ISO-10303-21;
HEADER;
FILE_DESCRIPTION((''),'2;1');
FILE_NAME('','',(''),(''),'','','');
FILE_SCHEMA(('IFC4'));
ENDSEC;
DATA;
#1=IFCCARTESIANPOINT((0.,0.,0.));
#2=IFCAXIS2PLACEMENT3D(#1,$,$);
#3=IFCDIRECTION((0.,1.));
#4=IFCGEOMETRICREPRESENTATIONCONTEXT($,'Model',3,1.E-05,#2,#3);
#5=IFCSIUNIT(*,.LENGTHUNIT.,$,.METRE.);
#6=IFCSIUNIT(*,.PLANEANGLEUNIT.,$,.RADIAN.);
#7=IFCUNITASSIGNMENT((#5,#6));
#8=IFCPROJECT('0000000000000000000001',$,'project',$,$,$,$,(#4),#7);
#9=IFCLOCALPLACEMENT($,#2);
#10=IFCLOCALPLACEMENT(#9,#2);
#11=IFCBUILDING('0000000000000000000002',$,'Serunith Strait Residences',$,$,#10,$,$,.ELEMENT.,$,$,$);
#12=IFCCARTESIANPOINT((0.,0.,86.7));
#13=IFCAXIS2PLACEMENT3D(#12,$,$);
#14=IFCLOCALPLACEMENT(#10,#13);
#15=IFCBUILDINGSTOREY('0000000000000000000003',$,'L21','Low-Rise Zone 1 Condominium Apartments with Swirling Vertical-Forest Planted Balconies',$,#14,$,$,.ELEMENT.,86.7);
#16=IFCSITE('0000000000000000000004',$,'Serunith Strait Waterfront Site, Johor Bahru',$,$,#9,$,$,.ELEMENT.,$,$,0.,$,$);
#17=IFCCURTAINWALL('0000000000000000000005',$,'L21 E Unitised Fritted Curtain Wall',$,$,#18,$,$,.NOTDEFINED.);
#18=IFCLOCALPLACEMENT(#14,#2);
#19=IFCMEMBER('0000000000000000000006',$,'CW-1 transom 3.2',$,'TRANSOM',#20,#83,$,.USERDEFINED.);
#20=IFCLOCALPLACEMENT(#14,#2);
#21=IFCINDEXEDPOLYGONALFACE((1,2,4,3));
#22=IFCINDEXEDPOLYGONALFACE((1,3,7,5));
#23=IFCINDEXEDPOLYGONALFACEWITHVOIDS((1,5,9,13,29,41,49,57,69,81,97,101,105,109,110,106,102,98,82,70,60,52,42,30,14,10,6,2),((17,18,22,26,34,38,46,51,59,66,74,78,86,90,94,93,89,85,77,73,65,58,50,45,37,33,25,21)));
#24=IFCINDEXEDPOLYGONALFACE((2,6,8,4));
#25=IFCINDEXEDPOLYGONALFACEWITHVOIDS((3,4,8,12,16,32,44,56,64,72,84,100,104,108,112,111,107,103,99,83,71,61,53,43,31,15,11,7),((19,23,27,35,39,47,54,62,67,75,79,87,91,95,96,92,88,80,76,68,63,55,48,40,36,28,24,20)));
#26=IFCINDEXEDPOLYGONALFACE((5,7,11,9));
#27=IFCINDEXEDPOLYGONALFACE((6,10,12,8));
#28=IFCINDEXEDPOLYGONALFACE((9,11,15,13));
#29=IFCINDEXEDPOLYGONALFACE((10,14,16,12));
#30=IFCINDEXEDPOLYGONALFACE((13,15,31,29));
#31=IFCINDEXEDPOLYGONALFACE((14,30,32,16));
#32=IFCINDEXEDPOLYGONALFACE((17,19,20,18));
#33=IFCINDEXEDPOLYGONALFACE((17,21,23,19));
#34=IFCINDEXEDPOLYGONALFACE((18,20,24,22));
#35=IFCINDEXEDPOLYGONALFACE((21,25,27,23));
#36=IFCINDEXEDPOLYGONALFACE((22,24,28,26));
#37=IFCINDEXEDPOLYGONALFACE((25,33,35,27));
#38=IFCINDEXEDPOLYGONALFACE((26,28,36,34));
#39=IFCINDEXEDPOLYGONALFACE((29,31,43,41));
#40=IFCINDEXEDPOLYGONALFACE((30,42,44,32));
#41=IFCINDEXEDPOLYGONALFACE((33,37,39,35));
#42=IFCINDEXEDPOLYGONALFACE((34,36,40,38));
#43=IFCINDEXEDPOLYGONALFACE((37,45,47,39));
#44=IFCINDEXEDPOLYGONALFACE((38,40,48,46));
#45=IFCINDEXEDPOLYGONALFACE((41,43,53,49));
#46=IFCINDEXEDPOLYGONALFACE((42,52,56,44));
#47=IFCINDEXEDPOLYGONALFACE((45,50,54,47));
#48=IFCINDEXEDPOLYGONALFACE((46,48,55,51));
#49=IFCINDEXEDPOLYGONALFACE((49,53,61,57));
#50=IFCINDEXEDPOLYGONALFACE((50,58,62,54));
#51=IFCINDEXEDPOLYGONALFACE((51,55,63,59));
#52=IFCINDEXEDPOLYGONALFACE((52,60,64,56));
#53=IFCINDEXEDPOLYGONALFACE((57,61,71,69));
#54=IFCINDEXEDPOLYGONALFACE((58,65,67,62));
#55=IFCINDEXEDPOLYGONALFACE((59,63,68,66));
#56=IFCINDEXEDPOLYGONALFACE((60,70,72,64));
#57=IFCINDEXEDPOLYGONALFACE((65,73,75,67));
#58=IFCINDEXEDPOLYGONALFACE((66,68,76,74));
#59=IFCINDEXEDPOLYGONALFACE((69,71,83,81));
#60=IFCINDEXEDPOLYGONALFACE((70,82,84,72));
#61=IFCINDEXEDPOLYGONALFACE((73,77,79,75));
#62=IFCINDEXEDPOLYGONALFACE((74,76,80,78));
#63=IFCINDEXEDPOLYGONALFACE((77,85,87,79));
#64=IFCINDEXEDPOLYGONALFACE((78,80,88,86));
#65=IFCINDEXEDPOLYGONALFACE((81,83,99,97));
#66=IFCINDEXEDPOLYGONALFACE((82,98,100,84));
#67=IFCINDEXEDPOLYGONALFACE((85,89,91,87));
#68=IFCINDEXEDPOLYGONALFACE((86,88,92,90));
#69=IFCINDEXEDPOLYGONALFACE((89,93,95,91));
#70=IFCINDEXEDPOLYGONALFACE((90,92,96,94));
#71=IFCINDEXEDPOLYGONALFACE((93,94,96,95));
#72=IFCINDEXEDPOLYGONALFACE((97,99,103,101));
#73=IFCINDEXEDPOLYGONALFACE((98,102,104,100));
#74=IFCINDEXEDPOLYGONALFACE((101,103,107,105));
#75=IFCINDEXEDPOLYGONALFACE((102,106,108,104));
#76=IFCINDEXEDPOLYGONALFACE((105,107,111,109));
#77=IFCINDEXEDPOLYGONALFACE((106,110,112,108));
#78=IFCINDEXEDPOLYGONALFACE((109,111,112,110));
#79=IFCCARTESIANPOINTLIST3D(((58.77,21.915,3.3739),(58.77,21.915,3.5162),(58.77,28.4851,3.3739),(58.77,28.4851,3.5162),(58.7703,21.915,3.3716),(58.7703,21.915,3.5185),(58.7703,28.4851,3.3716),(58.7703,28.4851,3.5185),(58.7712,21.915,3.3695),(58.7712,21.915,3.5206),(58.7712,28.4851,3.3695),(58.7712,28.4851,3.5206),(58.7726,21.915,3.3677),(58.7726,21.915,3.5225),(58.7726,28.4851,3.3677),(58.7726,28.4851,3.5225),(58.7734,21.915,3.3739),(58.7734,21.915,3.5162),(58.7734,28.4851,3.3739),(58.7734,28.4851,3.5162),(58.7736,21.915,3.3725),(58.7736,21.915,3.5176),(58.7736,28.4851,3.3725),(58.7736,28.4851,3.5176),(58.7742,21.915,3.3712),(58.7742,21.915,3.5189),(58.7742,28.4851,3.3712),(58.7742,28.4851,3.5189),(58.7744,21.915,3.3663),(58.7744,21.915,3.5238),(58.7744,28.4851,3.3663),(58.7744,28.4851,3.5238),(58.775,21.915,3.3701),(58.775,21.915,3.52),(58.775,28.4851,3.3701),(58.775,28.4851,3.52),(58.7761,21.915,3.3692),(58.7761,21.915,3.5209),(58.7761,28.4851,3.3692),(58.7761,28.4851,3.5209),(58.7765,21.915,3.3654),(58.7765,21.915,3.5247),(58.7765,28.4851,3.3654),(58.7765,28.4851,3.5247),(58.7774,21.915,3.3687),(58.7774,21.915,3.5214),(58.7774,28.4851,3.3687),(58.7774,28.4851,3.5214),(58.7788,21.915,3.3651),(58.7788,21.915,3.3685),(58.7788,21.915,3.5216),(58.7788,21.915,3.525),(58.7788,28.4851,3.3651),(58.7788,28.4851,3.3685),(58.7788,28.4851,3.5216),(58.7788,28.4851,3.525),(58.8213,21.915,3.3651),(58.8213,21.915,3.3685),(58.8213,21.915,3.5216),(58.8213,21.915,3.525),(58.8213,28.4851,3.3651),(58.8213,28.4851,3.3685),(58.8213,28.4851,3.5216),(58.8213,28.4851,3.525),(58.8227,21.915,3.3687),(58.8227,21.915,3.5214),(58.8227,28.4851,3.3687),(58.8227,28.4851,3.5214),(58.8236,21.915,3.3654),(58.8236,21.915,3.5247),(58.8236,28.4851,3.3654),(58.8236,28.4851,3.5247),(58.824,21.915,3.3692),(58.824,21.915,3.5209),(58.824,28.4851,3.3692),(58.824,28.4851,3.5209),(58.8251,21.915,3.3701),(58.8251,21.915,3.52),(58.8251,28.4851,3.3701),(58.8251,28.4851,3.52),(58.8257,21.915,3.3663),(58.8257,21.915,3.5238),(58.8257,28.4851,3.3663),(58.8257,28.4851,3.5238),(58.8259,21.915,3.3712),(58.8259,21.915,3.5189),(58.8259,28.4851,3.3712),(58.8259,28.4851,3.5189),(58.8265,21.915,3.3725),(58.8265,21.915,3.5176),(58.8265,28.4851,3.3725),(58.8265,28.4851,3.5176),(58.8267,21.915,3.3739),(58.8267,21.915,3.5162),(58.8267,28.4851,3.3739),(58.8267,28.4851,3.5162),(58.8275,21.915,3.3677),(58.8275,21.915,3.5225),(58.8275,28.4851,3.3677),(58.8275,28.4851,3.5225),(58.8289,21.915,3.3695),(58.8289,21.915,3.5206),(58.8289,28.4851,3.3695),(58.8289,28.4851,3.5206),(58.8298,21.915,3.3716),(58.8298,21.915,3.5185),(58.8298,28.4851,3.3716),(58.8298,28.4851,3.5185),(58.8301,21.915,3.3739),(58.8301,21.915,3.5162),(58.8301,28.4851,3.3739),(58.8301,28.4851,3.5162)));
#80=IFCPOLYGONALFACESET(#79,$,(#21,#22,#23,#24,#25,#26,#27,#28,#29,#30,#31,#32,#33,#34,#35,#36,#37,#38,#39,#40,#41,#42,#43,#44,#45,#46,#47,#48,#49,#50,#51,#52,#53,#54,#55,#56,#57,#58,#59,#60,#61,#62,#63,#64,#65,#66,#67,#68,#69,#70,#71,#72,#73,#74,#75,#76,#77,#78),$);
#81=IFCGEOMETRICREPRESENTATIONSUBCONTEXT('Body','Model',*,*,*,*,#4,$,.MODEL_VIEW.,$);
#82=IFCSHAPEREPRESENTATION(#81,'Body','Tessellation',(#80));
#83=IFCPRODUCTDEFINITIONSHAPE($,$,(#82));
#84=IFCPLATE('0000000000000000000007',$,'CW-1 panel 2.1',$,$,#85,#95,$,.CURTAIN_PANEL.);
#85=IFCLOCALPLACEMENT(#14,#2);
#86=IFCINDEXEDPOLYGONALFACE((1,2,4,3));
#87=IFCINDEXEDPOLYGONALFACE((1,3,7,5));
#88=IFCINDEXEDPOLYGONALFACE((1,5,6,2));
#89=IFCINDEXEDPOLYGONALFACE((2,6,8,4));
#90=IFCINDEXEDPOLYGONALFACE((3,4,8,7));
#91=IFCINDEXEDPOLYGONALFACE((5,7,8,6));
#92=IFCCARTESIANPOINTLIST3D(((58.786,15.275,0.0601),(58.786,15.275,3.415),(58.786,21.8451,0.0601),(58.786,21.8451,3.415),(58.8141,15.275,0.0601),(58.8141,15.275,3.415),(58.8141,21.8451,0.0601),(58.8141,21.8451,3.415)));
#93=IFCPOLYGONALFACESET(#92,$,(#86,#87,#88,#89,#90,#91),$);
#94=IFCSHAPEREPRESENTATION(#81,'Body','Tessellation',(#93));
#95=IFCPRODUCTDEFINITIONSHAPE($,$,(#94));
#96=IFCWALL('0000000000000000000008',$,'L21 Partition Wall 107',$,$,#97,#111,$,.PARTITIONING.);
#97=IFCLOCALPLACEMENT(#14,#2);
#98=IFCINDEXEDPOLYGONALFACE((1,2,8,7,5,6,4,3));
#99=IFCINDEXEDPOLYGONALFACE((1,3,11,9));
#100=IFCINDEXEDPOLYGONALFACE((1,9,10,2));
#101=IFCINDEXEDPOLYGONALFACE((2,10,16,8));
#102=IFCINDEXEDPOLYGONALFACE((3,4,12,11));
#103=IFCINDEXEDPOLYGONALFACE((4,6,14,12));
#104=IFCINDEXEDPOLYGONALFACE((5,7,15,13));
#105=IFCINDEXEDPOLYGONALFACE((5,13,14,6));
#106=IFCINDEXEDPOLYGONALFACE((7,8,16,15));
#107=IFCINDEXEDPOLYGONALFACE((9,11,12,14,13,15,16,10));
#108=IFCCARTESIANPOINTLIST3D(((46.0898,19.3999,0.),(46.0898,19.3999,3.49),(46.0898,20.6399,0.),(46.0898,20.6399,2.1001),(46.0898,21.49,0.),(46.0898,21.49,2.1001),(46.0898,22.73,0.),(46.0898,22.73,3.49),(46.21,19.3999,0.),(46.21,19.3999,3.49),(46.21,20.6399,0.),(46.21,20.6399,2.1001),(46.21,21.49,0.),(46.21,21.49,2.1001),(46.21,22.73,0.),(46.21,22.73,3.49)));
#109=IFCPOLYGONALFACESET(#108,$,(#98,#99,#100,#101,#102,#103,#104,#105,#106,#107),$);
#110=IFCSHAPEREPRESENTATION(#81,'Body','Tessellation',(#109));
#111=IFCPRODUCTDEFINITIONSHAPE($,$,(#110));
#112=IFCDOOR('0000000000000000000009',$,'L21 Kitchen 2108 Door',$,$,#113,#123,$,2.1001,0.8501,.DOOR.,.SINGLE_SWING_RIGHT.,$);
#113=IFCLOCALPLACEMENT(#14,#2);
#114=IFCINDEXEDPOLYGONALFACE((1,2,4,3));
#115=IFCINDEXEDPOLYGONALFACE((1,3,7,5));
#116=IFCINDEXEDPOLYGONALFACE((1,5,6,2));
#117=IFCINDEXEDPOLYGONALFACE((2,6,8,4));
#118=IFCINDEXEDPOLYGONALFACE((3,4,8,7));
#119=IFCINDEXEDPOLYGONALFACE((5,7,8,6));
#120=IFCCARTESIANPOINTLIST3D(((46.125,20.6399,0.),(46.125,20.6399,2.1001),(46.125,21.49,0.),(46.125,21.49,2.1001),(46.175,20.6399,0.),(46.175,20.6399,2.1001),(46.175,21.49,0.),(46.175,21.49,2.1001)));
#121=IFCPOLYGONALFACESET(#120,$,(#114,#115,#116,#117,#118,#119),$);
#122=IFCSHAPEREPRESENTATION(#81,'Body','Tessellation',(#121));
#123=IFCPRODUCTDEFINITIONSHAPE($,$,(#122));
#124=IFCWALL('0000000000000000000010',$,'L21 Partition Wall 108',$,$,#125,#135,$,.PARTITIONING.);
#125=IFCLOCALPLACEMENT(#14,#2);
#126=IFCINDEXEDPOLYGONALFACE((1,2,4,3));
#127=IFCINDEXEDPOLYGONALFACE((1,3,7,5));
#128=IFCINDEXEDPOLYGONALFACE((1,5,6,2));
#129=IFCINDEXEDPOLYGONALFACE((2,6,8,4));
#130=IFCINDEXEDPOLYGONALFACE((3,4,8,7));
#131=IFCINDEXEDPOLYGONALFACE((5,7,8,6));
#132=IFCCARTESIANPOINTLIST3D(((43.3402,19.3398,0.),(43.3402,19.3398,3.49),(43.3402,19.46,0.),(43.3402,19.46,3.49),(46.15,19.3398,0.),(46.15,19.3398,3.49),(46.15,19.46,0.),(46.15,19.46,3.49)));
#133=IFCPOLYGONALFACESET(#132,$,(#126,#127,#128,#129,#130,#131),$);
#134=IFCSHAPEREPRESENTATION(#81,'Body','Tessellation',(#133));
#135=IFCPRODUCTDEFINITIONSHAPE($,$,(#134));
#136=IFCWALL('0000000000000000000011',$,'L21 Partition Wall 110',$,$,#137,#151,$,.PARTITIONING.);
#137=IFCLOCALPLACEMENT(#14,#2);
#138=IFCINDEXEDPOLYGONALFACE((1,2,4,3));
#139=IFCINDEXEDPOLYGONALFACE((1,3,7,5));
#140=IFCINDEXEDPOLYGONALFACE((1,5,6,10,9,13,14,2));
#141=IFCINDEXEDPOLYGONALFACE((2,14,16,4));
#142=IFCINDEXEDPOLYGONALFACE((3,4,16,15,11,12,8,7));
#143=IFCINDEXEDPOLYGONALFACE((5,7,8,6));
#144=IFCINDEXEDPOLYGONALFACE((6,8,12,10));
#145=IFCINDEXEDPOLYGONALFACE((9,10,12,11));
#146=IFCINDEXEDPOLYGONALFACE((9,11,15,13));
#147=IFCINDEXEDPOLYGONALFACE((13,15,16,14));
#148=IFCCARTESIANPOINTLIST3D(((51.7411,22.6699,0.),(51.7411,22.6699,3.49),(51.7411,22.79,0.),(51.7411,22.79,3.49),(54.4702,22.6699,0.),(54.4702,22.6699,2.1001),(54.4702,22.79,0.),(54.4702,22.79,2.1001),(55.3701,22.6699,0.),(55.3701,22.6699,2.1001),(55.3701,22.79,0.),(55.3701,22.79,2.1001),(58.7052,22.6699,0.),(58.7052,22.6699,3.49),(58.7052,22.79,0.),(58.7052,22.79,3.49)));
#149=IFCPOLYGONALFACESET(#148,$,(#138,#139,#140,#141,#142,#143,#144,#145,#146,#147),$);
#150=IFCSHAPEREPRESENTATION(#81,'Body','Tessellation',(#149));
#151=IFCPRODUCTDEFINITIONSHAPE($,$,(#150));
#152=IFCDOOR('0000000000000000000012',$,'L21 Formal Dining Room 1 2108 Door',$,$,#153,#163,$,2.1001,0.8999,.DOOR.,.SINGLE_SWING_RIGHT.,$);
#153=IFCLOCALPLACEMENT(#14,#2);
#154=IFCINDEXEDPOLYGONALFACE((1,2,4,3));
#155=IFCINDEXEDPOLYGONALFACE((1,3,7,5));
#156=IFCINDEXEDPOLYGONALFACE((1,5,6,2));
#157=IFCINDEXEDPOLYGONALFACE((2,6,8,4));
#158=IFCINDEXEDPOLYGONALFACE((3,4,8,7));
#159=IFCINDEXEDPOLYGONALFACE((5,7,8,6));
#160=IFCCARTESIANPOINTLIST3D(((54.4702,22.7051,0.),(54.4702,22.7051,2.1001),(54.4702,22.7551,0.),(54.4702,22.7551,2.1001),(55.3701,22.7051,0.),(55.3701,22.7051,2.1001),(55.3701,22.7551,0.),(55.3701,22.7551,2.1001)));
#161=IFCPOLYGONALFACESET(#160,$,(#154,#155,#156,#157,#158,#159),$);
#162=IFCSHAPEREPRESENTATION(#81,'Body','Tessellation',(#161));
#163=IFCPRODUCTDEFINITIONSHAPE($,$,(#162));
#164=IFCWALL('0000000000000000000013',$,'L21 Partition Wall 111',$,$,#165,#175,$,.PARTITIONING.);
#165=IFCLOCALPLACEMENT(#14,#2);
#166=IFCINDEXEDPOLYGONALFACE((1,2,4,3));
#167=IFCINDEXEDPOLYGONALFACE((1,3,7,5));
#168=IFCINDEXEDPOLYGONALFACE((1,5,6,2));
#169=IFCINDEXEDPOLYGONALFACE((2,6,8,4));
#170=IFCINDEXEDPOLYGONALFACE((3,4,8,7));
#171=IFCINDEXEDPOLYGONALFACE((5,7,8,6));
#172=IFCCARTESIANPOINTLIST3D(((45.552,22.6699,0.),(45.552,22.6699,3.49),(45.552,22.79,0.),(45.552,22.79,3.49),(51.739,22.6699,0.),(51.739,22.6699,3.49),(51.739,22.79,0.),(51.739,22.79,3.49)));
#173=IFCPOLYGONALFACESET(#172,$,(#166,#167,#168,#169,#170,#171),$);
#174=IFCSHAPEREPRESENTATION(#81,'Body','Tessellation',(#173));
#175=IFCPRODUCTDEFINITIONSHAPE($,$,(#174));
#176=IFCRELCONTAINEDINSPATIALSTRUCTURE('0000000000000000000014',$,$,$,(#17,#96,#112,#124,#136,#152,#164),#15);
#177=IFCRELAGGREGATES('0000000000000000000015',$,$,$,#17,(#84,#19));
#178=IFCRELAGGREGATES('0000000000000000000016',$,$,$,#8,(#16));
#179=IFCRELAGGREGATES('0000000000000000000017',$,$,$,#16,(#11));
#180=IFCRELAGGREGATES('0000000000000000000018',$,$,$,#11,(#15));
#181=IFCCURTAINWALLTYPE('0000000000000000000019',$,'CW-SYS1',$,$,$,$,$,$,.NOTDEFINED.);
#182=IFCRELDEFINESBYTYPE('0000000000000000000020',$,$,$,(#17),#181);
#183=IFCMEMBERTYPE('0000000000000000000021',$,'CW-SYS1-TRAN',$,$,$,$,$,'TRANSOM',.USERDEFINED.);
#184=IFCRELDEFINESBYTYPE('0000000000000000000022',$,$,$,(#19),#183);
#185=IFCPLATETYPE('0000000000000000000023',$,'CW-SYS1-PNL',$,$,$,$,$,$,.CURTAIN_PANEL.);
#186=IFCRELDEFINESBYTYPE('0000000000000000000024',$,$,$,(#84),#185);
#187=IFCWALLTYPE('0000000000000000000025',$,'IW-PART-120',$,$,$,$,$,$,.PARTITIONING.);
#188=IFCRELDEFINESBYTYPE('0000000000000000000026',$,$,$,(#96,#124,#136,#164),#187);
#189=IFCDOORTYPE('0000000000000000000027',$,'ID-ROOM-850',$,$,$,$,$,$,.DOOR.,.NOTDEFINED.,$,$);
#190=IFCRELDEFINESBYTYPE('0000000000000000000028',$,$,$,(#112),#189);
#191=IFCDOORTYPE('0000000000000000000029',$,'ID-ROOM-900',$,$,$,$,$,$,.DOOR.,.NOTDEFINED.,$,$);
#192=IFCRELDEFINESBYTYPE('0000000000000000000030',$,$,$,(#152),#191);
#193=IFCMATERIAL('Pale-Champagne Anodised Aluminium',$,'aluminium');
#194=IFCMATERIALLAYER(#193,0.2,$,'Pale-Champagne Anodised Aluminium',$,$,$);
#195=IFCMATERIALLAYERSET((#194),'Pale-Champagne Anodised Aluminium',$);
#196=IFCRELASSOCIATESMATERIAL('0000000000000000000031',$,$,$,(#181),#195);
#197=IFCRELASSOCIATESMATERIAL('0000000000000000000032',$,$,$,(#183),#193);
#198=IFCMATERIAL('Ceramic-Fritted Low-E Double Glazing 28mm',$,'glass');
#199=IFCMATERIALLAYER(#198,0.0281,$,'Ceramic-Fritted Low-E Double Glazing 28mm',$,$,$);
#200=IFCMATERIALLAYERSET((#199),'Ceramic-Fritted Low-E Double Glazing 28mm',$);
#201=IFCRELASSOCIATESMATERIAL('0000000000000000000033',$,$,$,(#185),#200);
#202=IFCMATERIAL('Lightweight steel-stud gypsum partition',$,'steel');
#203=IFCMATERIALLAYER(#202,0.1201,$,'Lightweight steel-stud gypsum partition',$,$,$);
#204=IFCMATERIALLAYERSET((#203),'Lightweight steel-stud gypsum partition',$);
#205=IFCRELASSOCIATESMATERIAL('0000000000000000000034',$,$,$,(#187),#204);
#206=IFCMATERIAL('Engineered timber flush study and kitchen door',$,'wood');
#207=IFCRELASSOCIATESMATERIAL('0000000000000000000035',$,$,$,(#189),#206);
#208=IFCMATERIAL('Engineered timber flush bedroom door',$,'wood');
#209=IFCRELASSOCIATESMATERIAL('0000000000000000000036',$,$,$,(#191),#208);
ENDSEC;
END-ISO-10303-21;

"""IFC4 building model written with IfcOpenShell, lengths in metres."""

from ifc_helpers import new_model, si_unit, direction, frame, frame_2d, origin, origin_2d, place, context, subcontext, project, spatial, rectangle, hollow_rectangle, extrude, source, transform, mapped, material, layer, layer_set, material_profile, profile_set, type_object, element, fill, aggregate, save


model = new_model("IFC4")

# Units and contexts
model_context = context("Model", 3, precision=1e-05, world=origin(), true_north=direction((0.0, 1.0)))
body_context = subcontext(model_context, "Body", "Model", "MODEL_VIEW")
ifc_project = project(units=[si_unit("LENGTHUNIT", "METRE"), si_unit("PLANEANGLEUNIT", "RADIAN")], contexts=[model_context])

# Site, building, storey
site_placement = place(None, origin())
site = spatial("IfcSite", under=ifc_project, at=site_placement, Name="Serunith Strait Waterfront Site, Johor Bahru", CompositionType="ELEMENT", RefElevation=0.0)
building_placement = place(site_placement, origin())
building = spatial("IfcBuilding", under=site, at=building_placement, Name="Serunith Strait Residences", CompositionType="ELEMENT")
storey_placement = place(building_placement, frame((0.0, 0.0, 86.7)))
storey = spatial("IfcBuildingStorey", under=building, at=storey_placement, Name="L21", Description="Low-Rise Zone 1 Condominium Apartments with Swirling Vertical-Forest Planted Balconies", CompositionType="ELEMENT", Elevation=86.7)

# Curtain wall, member, plate
ifc_material_1 = material(Name="Pale-Champagne Anodised Aluminium", Category="aluminium")
ifc_layer_1 = layer(ifc_material_1, 0.2, Name="Pale-Champagne Anodised Aluminium")
ifc_layer_set_1 = layer_set([ifc_layer_1], Name="Pale-Champagne Anodised Aluminium")
curtain_wall_type = type_object("IfcCurtainWallType", Name="CW-SYS1", PredefinedType="NOTDEFINED", material=ifc_layer_set_1)
curtain_wall_placement = place(storey_placement, origin())
curtain_wall = element("IfcCurtainWall", 1, at=curtain_wall_placement, inside=storey, type_object=curtain_wall_type, Name="L21 E Unitised Fritted Curtain Wall", PredefinedType="NOTDEFINED")
ifc_material_profile_1 = material_profile(ifc_material_1, hollow_rectangle(XDim=0.0601, YDim=0.1599, WallThickness=0.0034, InnerFilletRadius=0.0054, OuterFilletRadius=0.0088, at=origin_2d()), Name="ALU 160x60x3.5")
ifc_profile_set_1 = profile_set([ifc_material_profile_1], Name="Pale-Champagne Anodised Aluminium")
member_type_1 = type_object("IfcMemberType", Name="CW-SYS1-TRAN", ElementType="TRANSOM", PredefinedType="USERDEFINED", material=ifc_profile_set_1)
shared_shape_1 = source(origin(), body_context, "Body", "SweptSolid", [
    extrude(hollow_rectangle(XDim=0.0601, YDim=0.1599, WallThickness=0.0034, InnerFilletRadius=0.0054, OuterFilletRadius=0.0088, at=origin_2d()), origin(), (0.0, 0.0, 1.0), 6.5701),
])
member_1_placement = place(storey_placement, frame((58.8, 21.915, 3.4451), z_axis=(0.0, 1.0, 0.0), x_axis=(-1.0, 0.0, 0.0)))
member_1 = element("IfcMember", 2, at=member_1_placement, type_object=member_type_1, Name="CW-1 transom 3.2", ObjectType="TRANSOM", PredefinedType="USERDEFINED", context=body_context, shape_type="MappedRepresentation", body=[
    mapped(shared_shape_1, transform((0.0, 0.0, 0.0), scale=1.0)),
])
ifc_material_2 = material(Name="Ceramic-Fritted Low-E Double Glazing 28mm", Category="glass")
ifc_layer_2 = layer(ifc_material_2, 0.0281, Name="Ceramic-Fritted Low-E Double Glazing 28mm")
ifc_layer_set_2 = layer_set([ifc_layer_2], Name="Ceramic-Fritted Low-E Double Glazing 28mm")
plate_type = type_object("IfcPlateType", Name="CW-SYS1-PNL", PredefinedType="CURTAIN_PANEL", material=ifc_layer_set_2)
shared_shape_2 = source(origin(), body_context, "Body", "SweptSolid", [
    extrude(rectangle(XDim=6.5701, YDim=0.0281, at=origin_2d()), origin(), (0.0, 0.0, 1.0), 3.355),
])
plate_placement = place(storey_placement, frame((58.8, 18.5601, 0.0601), z_axis=(0.0, 0.0, 1.0), x_axis=(0.0, 1.0, 0.0)))
plate = element("IfcPlate", 3, at=plate_placement, type_object=plate_type, Name="CW-1 panel 2.1", PredefinedType="CURTAIN_PANEL", context=body_context, shape_type="MappedRepresentation", body=[
    mapped(shared_shape_2, transform((0.0, 0.0, 0.0), scale=1.0)),
])
aggregate(curtain_wall, [plate, member_1])

# Wall, opening, door
ifc_material_3 = material(Name="Lightweight steel-stud gypsum partition", Category="steel")
ifc_layer_3 = layer(ifc_material_3, 0.1201, Name="Lightweight steel-stud gypsum partition")
ifc_layer_set_3 = layer_set([ifc_layer_3], Name="Lightweight steel-stud gypsum partition")
wall_type = type_object("IfcWallType", Name="IW-PART-120", PredefinedType="PARTITIONING", material=ifc_layer_set_3)
wall_1_placement = place(storey_placement, frame((46.1499, 19.3999, 0.0), z_axis=(0.0, 0.0, 1.0), x_axis=(0.0, 1.0, 0.0)))
wall_1 = element("IfcWall", 4, at=wall_1_placement, inside=storey, type_object=wall_type, Name="L21 Partition Wall 107", PredefinedType="PARTITIONING", context=body_context, shape_type="SweptSolid", body=[
    extrude(rectangle(XDim=3.3301, YDim=0.1201, at=frame_2d((1.665, 0.0))), origin(), (0.0, 0.0, 1.0), 3.49),
])
opening_1_placement = place(wall_1_placement, frame((1.24, 0.0, 0.0)))
opening_1 = element("IfcOpeningElement", 5, at=opening_1_placement, cuts=wall_1, PredefinedType="OPENING", context=body_context, shape_type="SweptSolid", body=[
    extrude(rectangle(XDim=0.8501, YDim=2.1001, at=frame_2d((0.425, 1.05))), frame((0.0, 0.0701, 0.0), z_axis=(0.0, -1.0, 0.0), x_axis=(1.0, 0.0, 0.0)), (0.0, 0.0, 1.0), 0.1401),
])
ifc_material_4 = material(Name="Engineered timber flush study and kitchen door", Category="wood")
door_type_1 = type_object("IfcDoorType", Name="ID-ROOM-850", OperationType="NOTDEFINED", PredefinedType="DOOR", material=ifc_material_4)
shared_shape_3 = source(origin(), body_context, "Body", "SweptSolid", [
    extrude(rectangle(XDim=0.8501, YDim=2.1001, at=frame_2d((0.425, 1.05))), frame((0.0, 0.0249, 0.0), z_axis=(0.0, -1.0, 0.0), x_axis=(1.0, 0.0, 0.0)), (0.0, 0.0, 1.0), 0.05),
])
door_1_placement = place(opening_1_placement, origin())
door_1 = element("IfcDoor", 6, at=door_1_placement, inside=storey, type_object=door_type_1, Name="L21 Kitchen 2108 Door", OperationType="SINGLE_SWING_RIGHT", OverallHeight=2.1001, OverallWidth=0.8501, PredefinedType="DOOR", context=body_context, shape_type="MappedRepresentation", body=[
    mapped(shared_shape_3, transform((0.0, 0.0, 0.0), scale=1.0)),
])
fill(opening_1, door_1)

# Wall
wall_2_placement = place(storey_placement, frame((46.1499, 19.3999, 0.0), z_axis=(0.0, 0.0, 1.0), x_axis=(-1.0, 0.0, 0.0)))
element("IfcWall", 7, at=wall_2_placement, inside=storey, type_object=wall_type, Name="L21 Partition Wall 108", PredefinedType="PARTITIONING", context=body_context, shape_type="SweptSolid", body=[
    extrude(rectangle(XDim=2.8098, YDim=0.1201, at=frame_2d((1.4048, 0.0))), origin(), (0.0, 0.0, 1.0), 3.49),
])

# Wall, opening, door
wall_3_placement = place(storey_placement, frame((58.7051, 22.73, 0.0), z_axis=(0.0, 0.0, 1.0), x_axis=(-1.0, 0.0, 0.0)))
wall_3 = element("IfcWall", 8, at=wall_3_placement, inside=storey, type_object=wall_type, Name="L21 Partition Wall 110", PredefinedType="PARTITIONING", context=body_context, shape_type="SweptSolid", body=[
    extrude(rectangle(XDim=6.9641, YDim=0.1201, at=frame_2d((3.4819, 0.0))), origin(), (0.0, 0.0, 1.0), 3.49),
])
opening_2_placement = place(wall_3_placement, frame((3.335, 0.0, 0.0)))
opening_2 = element("IfcOpeningElement", 9, at=opening_2_placement, cuts=wall_3, PredefinedType="OPENING", context=body_context, shape_type="SweptSolid", body=[
    extrude(rectangle(XDim=0.8999, YDim=2.1001, at=frame_2d((0.45, 1.05))), frame((0.0, 0.0701, 0.0), z_axis=(0.0, -1.0, 0.0), x_axis=(1.0, 0.0, 0.0)), (0.0, 0.0, 1.0), 0.1401),
])
ifc_material_5 = material(Name="Engineered timber flush bedroom door", Category="wood")
door_type_2 = type_object("IfcDoorType", Name="ID-ROOM-900", OperationType="NOTDEFINED", PredefinedType="DOOR", material=ifc_material_5)
shared_shape_4 = source(origin(), body_context, "Body", "SweptSolid", [
    extrude(rectangle(XDim=0.8999, YDim=2.1001, at=frame_2d((0.45, 1.05))), frame((0.0, 0.0249, 0.0), z_axis=(0.0, -1.0, 0.0), x_axis=(1.0, 0.0, 0.0)), (0.0, 0.0, 1.0), 0.05),
])
door_2_placement = place(opening_2_placement, origin())
door_2 = element("IfcDoor", 10, at=door_2_placement, inside=storey, type_object=door_type_2, Name="L21 Formal Dining Room 1 2108 Door", OperationType="SINGLE_SWING_RIGHT", OverallHeight=2.1001, OverallWidth=0.8999, PredefinedType="DOOR", context=body_context, shape_type="MappedRepresentation", body=[
    mapped(shared_shape_4, transform((0.0, 0.0, 0.0), scale=1.0)),
])
fill(opening_2, door_2)

# Wall
wall_4_placement = place(storey_placement, frame((51.739, 22.73, 0.0), z_axis=(0.0, 0.0, 1.0), x_axis=(-1.0, 0.0, 0.0)))
element("IfcWall", 11, at=wall_4_placement, inside=storey, type_object=wall_type, Name="L21 Partition Wall 111", PredefinedType="PARTITIONING", context=body_context, shape_type="SweptSolid", body=[
    extrude(rectangle(XDim=6.187, YDim=0.1201, at=frame_2d((3.0935, 0.0))), origin(), (0.0, 0.0, 1.0), 3.49),
])

save(model, "model.ifc")
